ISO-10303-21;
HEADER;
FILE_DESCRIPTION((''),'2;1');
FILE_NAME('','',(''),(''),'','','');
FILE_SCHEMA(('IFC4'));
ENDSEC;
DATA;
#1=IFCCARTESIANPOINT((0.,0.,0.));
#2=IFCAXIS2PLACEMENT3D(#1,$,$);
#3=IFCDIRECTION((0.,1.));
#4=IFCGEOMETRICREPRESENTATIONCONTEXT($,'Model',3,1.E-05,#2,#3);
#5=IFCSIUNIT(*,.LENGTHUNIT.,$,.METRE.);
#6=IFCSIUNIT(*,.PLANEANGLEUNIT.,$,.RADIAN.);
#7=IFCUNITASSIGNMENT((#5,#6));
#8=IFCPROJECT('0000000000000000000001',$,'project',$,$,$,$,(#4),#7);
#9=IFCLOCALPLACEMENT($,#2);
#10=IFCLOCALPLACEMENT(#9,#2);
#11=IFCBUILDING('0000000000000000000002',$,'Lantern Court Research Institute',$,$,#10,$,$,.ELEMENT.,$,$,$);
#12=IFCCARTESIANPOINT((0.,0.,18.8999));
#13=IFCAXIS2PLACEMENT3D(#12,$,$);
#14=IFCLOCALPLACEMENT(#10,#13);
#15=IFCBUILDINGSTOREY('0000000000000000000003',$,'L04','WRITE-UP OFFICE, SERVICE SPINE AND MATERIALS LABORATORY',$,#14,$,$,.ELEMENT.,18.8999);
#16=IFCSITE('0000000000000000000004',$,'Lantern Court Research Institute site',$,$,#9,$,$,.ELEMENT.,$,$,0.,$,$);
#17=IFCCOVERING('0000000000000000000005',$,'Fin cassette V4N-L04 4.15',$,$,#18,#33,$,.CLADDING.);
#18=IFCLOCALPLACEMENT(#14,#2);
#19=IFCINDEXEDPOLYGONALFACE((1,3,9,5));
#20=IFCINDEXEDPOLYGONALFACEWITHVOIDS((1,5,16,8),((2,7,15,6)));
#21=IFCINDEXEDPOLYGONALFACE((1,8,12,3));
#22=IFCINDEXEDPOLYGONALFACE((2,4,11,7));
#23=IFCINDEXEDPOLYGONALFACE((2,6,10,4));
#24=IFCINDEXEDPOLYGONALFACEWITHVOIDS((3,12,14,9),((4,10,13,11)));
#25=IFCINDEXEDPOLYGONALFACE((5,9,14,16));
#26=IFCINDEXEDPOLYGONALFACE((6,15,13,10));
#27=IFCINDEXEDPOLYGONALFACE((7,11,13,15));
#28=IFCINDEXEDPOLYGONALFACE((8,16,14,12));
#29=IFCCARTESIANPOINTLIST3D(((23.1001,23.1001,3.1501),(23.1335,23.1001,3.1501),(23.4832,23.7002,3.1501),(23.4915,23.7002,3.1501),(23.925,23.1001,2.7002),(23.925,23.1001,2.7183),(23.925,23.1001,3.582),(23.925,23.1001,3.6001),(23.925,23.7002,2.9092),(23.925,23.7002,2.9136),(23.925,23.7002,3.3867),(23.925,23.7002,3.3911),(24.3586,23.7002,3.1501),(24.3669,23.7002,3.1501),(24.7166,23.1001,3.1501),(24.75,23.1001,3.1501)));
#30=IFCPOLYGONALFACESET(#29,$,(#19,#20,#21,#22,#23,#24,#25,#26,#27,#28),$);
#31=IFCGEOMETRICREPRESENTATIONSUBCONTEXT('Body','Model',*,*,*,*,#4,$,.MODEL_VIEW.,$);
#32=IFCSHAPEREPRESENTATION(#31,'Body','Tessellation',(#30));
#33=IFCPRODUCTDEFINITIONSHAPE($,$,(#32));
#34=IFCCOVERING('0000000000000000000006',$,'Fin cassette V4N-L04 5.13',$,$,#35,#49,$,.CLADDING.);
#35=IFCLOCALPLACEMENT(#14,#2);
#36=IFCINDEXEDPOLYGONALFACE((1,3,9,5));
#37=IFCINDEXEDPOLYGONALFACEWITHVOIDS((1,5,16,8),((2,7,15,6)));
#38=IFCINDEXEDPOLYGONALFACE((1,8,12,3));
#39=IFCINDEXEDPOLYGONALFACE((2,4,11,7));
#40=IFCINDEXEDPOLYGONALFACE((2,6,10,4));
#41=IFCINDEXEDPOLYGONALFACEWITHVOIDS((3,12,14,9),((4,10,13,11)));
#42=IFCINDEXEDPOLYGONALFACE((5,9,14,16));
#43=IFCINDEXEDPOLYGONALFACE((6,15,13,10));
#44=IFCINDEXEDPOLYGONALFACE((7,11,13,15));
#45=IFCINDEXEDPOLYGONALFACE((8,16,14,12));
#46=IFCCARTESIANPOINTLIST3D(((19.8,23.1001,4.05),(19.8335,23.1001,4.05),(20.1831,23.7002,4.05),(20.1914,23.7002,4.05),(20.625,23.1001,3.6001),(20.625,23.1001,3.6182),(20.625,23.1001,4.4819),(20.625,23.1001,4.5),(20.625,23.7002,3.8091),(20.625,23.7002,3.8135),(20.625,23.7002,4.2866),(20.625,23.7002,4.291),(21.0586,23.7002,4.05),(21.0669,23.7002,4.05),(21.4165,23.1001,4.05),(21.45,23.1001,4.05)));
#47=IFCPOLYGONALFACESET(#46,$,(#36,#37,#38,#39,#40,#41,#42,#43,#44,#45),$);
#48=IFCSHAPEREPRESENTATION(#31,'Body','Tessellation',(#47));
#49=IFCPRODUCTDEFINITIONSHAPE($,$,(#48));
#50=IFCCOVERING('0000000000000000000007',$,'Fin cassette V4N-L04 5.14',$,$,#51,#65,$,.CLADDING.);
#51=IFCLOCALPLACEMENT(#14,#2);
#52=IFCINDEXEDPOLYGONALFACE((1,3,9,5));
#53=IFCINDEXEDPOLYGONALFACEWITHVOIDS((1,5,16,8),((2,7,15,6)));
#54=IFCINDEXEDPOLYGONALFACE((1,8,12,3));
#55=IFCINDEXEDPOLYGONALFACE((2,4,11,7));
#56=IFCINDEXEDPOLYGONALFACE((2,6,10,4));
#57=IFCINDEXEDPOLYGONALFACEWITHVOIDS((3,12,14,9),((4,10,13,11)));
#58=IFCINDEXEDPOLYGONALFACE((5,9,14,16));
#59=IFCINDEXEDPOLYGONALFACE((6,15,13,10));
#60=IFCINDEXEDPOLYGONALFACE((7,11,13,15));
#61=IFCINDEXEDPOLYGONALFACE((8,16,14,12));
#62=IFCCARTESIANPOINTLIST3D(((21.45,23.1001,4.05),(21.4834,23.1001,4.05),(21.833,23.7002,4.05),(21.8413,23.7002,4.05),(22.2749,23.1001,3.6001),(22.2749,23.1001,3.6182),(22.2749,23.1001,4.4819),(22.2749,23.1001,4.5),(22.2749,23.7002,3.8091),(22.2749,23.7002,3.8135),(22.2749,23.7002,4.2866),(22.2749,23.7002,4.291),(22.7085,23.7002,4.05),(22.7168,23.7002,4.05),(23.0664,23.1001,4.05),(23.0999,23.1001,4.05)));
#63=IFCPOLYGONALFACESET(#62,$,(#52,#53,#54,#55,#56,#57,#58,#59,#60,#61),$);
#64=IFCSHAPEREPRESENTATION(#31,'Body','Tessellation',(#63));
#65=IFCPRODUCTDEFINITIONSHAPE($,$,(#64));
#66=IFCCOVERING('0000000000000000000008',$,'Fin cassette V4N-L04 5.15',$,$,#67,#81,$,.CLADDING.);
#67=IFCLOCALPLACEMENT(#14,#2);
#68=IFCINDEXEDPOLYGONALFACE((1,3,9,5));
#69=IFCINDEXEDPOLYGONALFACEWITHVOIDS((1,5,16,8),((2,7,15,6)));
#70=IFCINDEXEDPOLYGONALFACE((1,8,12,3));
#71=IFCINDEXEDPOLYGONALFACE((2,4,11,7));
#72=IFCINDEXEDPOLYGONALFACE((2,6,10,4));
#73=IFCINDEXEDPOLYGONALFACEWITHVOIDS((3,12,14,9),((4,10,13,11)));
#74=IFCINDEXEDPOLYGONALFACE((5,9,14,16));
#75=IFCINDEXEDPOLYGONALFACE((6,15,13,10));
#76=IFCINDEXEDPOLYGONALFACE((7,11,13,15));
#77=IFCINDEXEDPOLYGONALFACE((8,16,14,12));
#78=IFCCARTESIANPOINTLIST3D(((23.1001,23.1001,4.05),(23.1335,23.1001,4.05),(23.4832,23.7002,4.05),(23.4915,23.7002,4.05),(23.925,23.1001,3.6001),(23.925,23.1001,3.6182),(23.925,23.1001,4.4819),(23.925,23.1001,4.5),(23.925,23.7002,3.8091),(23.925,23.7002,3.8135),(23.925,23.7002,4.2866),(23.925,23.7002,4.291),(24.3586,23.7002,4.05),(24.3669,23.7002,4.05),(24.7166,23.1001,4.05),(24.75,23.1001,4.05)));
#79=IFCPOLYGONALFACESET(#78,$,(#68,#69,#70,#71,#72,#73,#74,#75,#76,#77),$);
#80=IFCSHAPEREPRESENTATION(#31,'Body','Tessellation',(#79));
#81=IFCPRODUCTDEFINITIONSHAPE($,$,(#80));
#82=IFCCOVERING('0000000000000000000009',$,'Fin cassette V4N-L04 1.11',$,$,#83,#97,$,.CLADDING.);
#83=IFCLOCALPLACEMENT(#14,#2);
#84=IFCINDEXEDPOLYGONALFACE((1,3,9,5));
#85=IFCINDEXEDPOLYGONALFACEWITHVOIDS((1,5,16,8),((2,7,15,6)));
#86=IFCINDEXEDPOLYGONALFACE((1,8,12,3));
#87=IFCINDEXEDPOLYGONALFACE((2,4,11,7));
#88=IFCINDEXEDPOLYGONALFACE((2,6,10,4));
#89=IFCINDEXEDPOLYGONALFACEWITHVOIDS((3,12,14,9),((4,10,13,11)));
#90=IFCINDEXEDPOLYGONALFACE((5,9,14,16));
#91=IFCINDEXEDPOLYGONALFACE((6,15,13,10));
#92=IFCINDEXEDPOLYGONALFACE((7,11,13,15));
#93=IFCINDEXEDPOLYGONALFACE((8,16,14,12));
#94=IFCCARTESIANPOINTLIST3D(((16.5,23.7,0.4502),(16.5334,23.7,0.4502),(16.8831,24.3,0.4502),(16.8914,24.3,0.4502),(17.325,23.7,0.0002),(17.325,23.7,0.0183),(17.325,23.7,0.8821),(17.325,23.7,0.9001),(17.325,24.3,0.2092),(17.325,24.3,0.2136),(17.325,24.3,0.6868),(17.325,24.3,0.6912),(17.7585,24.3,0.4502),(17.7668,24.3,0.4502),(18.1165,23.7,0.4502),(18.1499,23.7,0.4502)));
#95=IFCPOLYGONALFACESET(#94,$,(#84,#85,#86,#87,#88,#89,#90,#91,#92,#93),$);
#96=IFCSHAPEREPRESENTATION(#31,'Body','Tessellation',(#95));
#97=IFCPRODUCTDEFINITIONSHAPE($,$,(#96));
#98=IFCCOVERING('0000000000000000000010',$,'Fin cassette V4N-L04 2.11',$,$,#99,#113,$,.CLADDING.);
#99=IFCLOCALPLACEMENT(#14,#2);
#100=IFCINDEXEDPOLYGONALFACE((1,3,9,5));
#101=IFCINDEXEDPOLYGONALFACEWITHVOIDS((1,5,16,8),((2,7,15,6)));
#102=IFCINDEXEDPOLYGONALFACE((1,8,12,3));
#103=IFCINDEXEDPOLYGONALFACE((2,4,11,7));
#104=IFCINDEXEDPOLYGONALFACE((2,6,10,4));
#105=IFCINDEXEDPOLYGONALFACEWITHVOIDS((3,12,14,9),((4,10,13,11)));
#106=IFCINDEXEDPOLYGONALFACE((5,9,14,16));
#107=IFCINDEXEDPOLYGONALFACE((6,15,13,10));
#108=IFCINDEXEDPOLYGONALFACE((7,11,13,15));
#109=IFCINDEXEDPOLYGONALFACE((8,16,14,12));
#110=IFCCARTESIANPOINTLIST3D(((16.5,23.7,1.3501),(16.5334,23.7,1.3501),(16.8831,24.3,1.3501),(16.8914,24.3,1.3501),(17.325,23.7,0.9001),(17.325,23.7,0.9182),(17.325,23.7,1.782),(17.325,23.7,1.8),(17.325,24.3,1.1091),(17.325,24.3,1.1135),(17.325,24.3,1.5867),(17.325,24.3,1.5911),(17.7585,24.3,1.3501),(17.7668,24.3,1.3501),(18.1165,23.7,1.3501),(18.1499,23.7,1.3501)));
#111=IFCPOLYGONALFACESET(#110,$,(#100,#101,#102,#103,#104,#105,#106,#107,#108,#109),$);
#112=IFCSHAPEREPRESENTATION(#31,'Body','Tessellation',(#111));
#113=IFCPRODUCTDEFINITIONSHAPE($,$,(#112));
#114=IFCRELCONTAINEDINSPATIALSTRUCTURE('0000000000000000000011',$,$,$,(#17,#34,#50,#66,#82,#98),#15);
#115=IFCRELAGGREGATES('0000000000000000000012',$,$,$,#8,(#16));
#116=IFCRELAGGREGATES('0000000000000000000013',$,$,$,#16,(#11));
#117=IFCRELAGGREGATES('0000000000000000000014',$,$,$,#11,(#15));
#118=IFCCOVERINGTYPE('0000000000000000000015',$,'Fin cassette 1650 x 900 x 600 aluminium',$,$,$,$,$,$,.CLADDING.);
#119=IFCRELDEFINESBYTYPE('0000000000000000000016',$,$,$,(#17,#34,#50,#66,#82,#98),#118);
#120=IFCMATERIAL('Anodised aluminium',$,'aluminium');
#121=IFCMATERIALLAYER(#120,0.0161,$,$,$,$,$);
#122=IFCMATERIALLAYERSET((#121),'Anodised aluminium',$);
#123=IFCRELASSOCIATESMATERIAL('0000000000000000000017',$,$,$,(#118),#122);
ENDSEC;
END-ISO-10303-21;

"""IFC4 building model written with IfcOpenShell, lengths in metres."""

from ifc_helpers import new_model, entity, si_unit, direction, frame, origin, place, context, subcontext, project, spatial, material, layer, layer_set, type_object, element, save


model = new_model("IFC4")

# Units and contexts
model_context = context("Model", 3, precision=1e-05, world=origin(), true_north=direction((0.0, 1.0)))
body_context = subcontext(model_context, "Body", "Model", "MODEL_VIEW")
ifc_project = project(units=[si_unit("LENGTHUNIT", "METRE"), si_unit("PLANEANGLEUNIT", "RADIAN")], contexts=[model_context])

# Site, building, storey
site_placement = place(None, origin())
site = spatial("IfcSite", under=ifc_project, at=site_placement, Name="Lantern Court Research Institute site", CompositionType="ELEMENT", RefElevation=0.0)
building_placement = place(site_placement, origin())
building = spatial("IfcBuilding", under=site, at=building_placement, Name="Lantern Court Research Institute", CompositionType="ELEMENT")
storey_placement = place(building_placement, frame((0.0, 0.0, 18.8999)))
storey = spatial("IfcBuildingStorey", under=building, at=storey_placement, Name="L04", Description="WRITE-UP OFFICE, SERVICE SPINE AND MATERIALS LABORATORY", CompositionType="ELEMENT", Elevation=18.8999)

# Coverings
ifc_material_1 = material(Name="Anodised aluminium", Category="aluminium")
ifc_layer_1 = layer(ifc_material_1, 0.0161)
ifc_layer_set_1 = layer_set([ifc_layer_1], Name="Anodised aluminium")
covering_type = type_object("IfcCoveringType", Name="Fin cassette 1650 x 900 x 600 aluminium", PredefinedType="CLADDING", material=ifc_layer_set_1)
covering_1_placement = place(storey_placement, frame((23.925, 23.1001, 3.1501), z_axis=(0.0, 1.0, 0.0), x_axis=(-1.0, 0.0, 0.0)))
cartesian_point_1 = entity("IfcCartesianPoint", [0.825, 0.0])
cartesian_point_2 = entity("IfcCartesianPoint", [0.7915, 0.0])
cartesian_point_3 = entity("IfcCartesianPoint", [0.4419, 0.0])
cartesian_point_4 = entity("IfcCartesianPoint", [0.4336, 0.0])
element("IfcCovering", 1, at=covering_1_placement, inside=storey, type_object=covering_type, Name="Fin cassette V4N-L04 4.15", PredefinedType="CLADDING", context=body_context, shape_type="SweptSolid", body=[
    entity("IfcExtrudedAreaSolidTapered", entity("IfcArbitraryProfileDefWithVoids", "AREA", None, entity("IfcPolyline", [cartesian_point_1, entity("IfcCartesianPoint", [0.0, 0.45]), entity("IfcCartesianPoint", [-0.825, 0.0]), entity("IfcCartesianPoint", [0.0, -0.45]), cartesian_point_1]), [entity("IfcPolyline", [cartesian_point_2, entity("IfcCartesianPoint", [0.0, 0.4319]), entity("IfcCartesianPoint", [-0.7915, 0.0]), entity("IfcCartesianPoint", [0.0, -0.4319]), cartesian_point_2])]), entity("IfcAxis2Placement3D", entity("IfcCartesianPoint", [0.0, 0.0, 0.0])), entity("IfcDirection", [0.0, 0.0, 1.0]), 0.6001, entity("IfcArbitraryProfileDefWithVoids", "AREA", None, entity("IfcPolyline", [cartesian_point_3, entity("IfcCartesianPoint", [0.0, 0.241]), entity("IfcCartesianPoint", [-0.4419, 0.0]), entity("IfcCartesianPoint", [0.0, -0.241]), cartesian_point_3]), [entity("IfcPolyline", [cartesian_point_4, entity("IfcCartesianPoint", [0.0, 0.2366]), entity("IfcCartesianPoint", [-0.4336, 0.0]), entity("IfcCartesianPoint", [0.0, -0.2366]), cartesian_point_4])])),
])
covering_2_placement = place(storey_placement, frame((20.625, 23.1001, 4.05), z_axis=(0.0, 1.0, 0.0), x_axis=(-1.0, 0.0, 0.0)))
cartesian_point_5 = entity("IfcCartesianPoint", [0.825, 0.0])
cartesian_point_6 = entity("IfcCartesianPoint", [0.7915, 0.0])
cartesian_point_7 = entity("IfcCartesianPoint", [0.4419, 0.0])
cartesian_point_8 = entity("IfcCartesianPoint", [0.4336, 0.0])
element("IfcCovering", 2, at=covering_2_placement, inside=storey, type_object=covering_type, Name="Fin cassette V4N-L04 5.13", PredefinedType="CLADDING", context=body_context, shape_type="SweptSolid", body=[
    entity("IfcExtrudedAreaSolidTapered", entity("IfcArbitraryProfileDefWithVoids", "AREA", None, entity("IfcPolyline", [cartesian_point_5, entity("IfcCartesianPoint", [0.0, 0.45]), entity("IfcCartesianPoint", [-0.825, 0.0]), entity("IfcCartesianPoint", [0.0, -0.45]), cartesian_point_5]), [entity("IfcPolyline", [cartesian_point_6, entity("IfcCartesianPoint", [0.0, 0.4319]), entity("IfcCartesianPoint", [-0.7915, 0.0]), entity("IfcCartesianPoint", [0.0, -0.4319]), cartesian_point_6])]), entity("IfcAxis2Placement3D", entity("IfcCartesianPoint", [0.0, 0.0, 0.0])), entity("IfcDirection", [0.0, 0.0, 1.0]), 0.6001, entity("IfcArbitraryProfileDefWithVoids", "AREA", None, entity("IfcPolyline", [cartesian_point_7, entity("IfcCartesianPoint", [0.0, 0.241]), entity("IfcCartesianPoint", [-0.4419, 0.0]), entity("IfcCartesianPoint", [0.0, -0.241]), cartesian_point_7]), [entity("IfcPolyline", [cartesian_point_8, entity("IfcCartesianPoint", [0.0, 0.2366]), entity("IfcCartesianPoint", [-0.4336, 0.0]), entity("IfcCartesianPoint", [0.0, -0.2366]), cartesian_point_8])])),
])
covering_3_placement = place(storey_placement, frame((22.2749, 23.1001, 4.05), z_axis=(0.0, 1.0, 0.0), x_axis=(-1.0, 0.0, 0.0)))
cartesian_point_9 = entity("IfcCartesianPoint", [0.825, 0.0])
cartesian_point_10 = entity("IfcCartesianPoint", [0.7915, 0.0])
cartesian_point_11 = entity("IfcCartesianPoint", [0.4419, 0.0])
cartesian_point_12 = entity("IfcCartesianPoint", [0.4336, 0.0])
element("IfcCovering", 3, at=covering_3_placement, inside=storey, type_object=covering_type, Name="Fin cassette V4N-L04 5.14", PredefinedType="CLADDING", context=body_context, shape_type="SweptSolid", body=[
    entity("IfcExtrudedAreaSolidTapered", entity("IfcArbitraryProfileDefWithVoids", "AREA", None, entity("IfcPolyline", [cartesian_point_9, entity("IfcCartesianPoint", [0.0, 0.45]), entity("IfcCartesianPoint", [-0.825, 0.0]), entity("IfcCartesianPoint", [0.0, -0.45]), cartesian_point_9]), [entity("IfcPolyline", [cartesian_point_10, entity("IfcCartesianPoint", [0.0, 0.4319]), entity("IfcCartesianPoint", [-0.7915, 0.0]), entity("IfcCartesianPoint", [0.0, -0.4319]), cartesian_point_10])]), entity("IfcAxis2Placement3D", entity("IfcCartesianPoint", [0.0, 0.0, 0.0])), entity("IfcDirection", [0.0, 0.0, 1.0]), 0.6001, entity("IfcArbitraryProfileDefWithVoids", "AREA", None, entity("IfcPolyline", [cartesian_point_11, entity("IfcCartesianPoint", [0.0, 0.241]), entity("IfcCartesianPoint", [-0.4419, 0.0]), entity("IfcCartesianPoint", [0.0, -0.241]), cartesian_point_11]), [entity("IfcPolyline", [cartesian_point_12, entity("IfcCartesianPoint", [0.0, 0.2366]), entity("IfcCartesianPoint", [-0.4336, 0.0]), entity("IfcCartesianPoint", [0.0, -0.2366]), cartesian_point_12])])),
])
covering_4_placement = place(storey_placement, frame((23.925, 23.1001, 4.05), z_axis=(0.0, 1.0, 0.0), x_axis=(-1.0, 0.0, 0.0)))
cartesian_point_13 = entity("IfcCartesianPoint", [0.825, 0.0])
cartesian_point_14 = entity("IfcCartesianPoint", [0.7915, 0.0])
cartesian_point_15 = entity("IfcCartesianPoint", [0.4419, 0.0])
cartesian_point_16 = entity("IfcCartesianPoint", [0.4336, 0.0])
element("IfcCovering", 4, at=covering_4_placement, inside=storey, type_object=covering_type, Name="Fin cassette V4N-L04 5.15", PredefinedType="CLADDING", context=body_context, shape_type="SweptSolid", body=[
    entity("IfcExtrudedAreaSolidTapered", entity("IfcArbitraryProfileDefWithVoids", "AREA", None, entity("IfcPolyline", [cartesian_point_13, entity("IfcCartesianPoint", [0.0, 0.45]), entity("IfcCartesianPoint", [-0.825, 0.0]), entity("IfcCartesianPoint", [0.0, -0.45]), cartesian_point_13]), [entity("IfcPolyline", [cartesian_point_14, entity("IfcCartesianPoint", [0.0, 0.4319]), entity("IfcCartesianPoint", [-0.7915, 0.0]), entity("IfcCartesianPoint", [0.0, -0.4319]), cartesian_point_14])]), entity("IfcAxis2Placement3D", entity("IfcCartesianPoint", [0.0, 0.0, 0.0])), entity("IfcDirection", [0.0, 0.0, 1.0]), 0.6001, entity("IfcArbitraryProfileDefWithVoids", "AREA", None, entity("IfcPolyline", [cartesian_point_15, entity("IfcCartesianPoint", [0.0, 0.241]), entity("IfcCartesianPoint", [-0.4419, 0.0]), entity("IfcCartesianPoint", [0.0, -0.241]), cartesian_point_15]), [entity("IfcPolyline", [cartesian_point_16, entity("IfcCartesianPoint", [0.0, 0.2366]), entity("IfcCartesianPoint", [-0.4336, 0.0]), entity("IfcCartesianPoint", [0.0, -0.2366]), cartesian_point_16])])),
])
covering_5_placement = place(storey_placement, frame((17.325, 23.7, 0.4502), z_axis=(0.0, 1.0, 0.0), x_axis=(-1.0, 0.0, 0.0)))
cartesian_point_17 = entity("IfcCartesianPoint", [0.825, 0.0])
cartesian_point_18 = entity("IfcCartesianPoint", [0.7915, 0.0])
cartesian_point_19 = entity("IfcCartesianPoint", [0.4419, 0.0])
cartesian_point_20 = entity("IfcCartesianPoint", [0.4336, 0.0])
element("IfcCovering", 5, at=covering_5_placement, inside=storey, type_object=covering_type, Name="Fin cassette V4N-L04 1.11", PredefinedType="CLADDING", context=body_context, shape_type="SweptSolid", body=[
    entity("IfcExtrudedAreaSolidTapered", entity("IfcArbitraryProfileDefWithVoids", "AREA", None, entity("IfcPolyline", [cartesian_point_17, entity("IfcCartesianPoint", [0.0, 0.45]), entity("IfcCartesianPoint", [-0.825, 0.0]), entity("IfcCartesianPoint", [0.0, -0.45]), cartesian_point_17]), [entity("IfcPolyline", [cartesian_point_18, entity("IfcCartesianPoint", [0.0, 0.4319]), entity("IfcCartesianPoint", [-0.7915, 0.0]), entity("IfcCartesianPoint", [0.0, -0.4319]), cartesian_point_18])]), entity("IfcAxis2Placement3D", entity("IfcCartesianPoint", [0.0, 0.0, 0.0])), entity("IfcDirection", [0.0, 0.0, 1.0]), 0.6001, entity("IfcArbitraryProfileDefWithVoids", "AREA", None, entity("IfcPolyline", [cartesian_point_19, entity("IfcCartesianPoint", [0.0, 0.241]), entity("IfcCartesianPoint", [-0.4419, 0.0]), entity("IfcCartesianPoint", [0.0, -0.241]), cartesian_point_19]), [entity("IfcPolyline", [cartesian_point_20, entity("IfcCartesianPoint", [0.0, 0.2366]), entity("IfcCartesianPoint", [-0.4336, 0.0]), entity("IfcCartesianPoint", [0.0, -0.2366]), cartesian_point_20])])),
])
covering_6_placement = place(storey_placement, frame((17.325, 23.7, 1.3501), z_axis=(0.0, 1.0, 0.0), x_axis=(-1.0, 0.0, 0.0)))
cartesian_point_21 = entity("IfcCartesianPoint", [0.825, 0.0])
cartesian_point_22 = entity("IfcCartesianPoint", [0.7915, 0.0])
cartesian_point_23 = entity("IfcCartesianPoint", [0.4419, 0.0])
cartesian_point_24 = entity("IfcCartesianPoint", [0.4336, 0.0])
element("IfcCovering", 6, at=covering_6_placement, inside=storey, type_object=covering_type, Name="Fin cassette V4N-L04 2.11", PredefinedType="CLADDING", context=body_context, shape_type="SweptSolid", body=[
    entity("IfcExtrudedAreaSolidTapered", entity("IfcArbitraryProfileDefWithVoids", "AREA", None, entity("IfcPolyline", [cartesian_point_21, entity("IfcCartesianPoint", [0.0, 0.45]), entity("IfcCartesianPoint", [-0.825, 0.0]), entity("IfcCartesianPoint", [0.0, -0.45]), cartesian_point_21]), [entity("IfcPolyline", [cartesian_point_22, entity("IfcCartesianPoint", [0.0, 0.4319]), entity("IfcCartesianPoint", [-0.7915, 0.0]), entity("IfcCartesianPoint", [0.0, -0.4319]), cartesian_point_22])]), entity("IfcAxis2Placement3D", entity("IfcCartesianPoint", [0.0, 0.0, 0.0])), entity("IfcDirection", [0.0, 0.0, 1.0]), 0.6001, entity("IfcArbitraryProfileDefWithVoids", "AREA", None, entity("IfcPolyline", [cartesian_point_23, entity("IfcCartesianPoint", [0.0, 0.241]), entity("IfcCartesianPoint", [-0.4419, 0.0]), entity("IfcCartesianPoint", [0.0, -0.241]), cartesian_point_23]), [entity("IfcPolyline", [cartesian_point_24, entity("IfcCartesianPoint", [0.0, 0.2366]), entity("IfcCartesianPoint", [-0.4336, 0.0]), entity("IfcCartesianPoint", [0.0, -0.2366]), cartesian_point_24])])),
])

save(model, "model.ifc")
